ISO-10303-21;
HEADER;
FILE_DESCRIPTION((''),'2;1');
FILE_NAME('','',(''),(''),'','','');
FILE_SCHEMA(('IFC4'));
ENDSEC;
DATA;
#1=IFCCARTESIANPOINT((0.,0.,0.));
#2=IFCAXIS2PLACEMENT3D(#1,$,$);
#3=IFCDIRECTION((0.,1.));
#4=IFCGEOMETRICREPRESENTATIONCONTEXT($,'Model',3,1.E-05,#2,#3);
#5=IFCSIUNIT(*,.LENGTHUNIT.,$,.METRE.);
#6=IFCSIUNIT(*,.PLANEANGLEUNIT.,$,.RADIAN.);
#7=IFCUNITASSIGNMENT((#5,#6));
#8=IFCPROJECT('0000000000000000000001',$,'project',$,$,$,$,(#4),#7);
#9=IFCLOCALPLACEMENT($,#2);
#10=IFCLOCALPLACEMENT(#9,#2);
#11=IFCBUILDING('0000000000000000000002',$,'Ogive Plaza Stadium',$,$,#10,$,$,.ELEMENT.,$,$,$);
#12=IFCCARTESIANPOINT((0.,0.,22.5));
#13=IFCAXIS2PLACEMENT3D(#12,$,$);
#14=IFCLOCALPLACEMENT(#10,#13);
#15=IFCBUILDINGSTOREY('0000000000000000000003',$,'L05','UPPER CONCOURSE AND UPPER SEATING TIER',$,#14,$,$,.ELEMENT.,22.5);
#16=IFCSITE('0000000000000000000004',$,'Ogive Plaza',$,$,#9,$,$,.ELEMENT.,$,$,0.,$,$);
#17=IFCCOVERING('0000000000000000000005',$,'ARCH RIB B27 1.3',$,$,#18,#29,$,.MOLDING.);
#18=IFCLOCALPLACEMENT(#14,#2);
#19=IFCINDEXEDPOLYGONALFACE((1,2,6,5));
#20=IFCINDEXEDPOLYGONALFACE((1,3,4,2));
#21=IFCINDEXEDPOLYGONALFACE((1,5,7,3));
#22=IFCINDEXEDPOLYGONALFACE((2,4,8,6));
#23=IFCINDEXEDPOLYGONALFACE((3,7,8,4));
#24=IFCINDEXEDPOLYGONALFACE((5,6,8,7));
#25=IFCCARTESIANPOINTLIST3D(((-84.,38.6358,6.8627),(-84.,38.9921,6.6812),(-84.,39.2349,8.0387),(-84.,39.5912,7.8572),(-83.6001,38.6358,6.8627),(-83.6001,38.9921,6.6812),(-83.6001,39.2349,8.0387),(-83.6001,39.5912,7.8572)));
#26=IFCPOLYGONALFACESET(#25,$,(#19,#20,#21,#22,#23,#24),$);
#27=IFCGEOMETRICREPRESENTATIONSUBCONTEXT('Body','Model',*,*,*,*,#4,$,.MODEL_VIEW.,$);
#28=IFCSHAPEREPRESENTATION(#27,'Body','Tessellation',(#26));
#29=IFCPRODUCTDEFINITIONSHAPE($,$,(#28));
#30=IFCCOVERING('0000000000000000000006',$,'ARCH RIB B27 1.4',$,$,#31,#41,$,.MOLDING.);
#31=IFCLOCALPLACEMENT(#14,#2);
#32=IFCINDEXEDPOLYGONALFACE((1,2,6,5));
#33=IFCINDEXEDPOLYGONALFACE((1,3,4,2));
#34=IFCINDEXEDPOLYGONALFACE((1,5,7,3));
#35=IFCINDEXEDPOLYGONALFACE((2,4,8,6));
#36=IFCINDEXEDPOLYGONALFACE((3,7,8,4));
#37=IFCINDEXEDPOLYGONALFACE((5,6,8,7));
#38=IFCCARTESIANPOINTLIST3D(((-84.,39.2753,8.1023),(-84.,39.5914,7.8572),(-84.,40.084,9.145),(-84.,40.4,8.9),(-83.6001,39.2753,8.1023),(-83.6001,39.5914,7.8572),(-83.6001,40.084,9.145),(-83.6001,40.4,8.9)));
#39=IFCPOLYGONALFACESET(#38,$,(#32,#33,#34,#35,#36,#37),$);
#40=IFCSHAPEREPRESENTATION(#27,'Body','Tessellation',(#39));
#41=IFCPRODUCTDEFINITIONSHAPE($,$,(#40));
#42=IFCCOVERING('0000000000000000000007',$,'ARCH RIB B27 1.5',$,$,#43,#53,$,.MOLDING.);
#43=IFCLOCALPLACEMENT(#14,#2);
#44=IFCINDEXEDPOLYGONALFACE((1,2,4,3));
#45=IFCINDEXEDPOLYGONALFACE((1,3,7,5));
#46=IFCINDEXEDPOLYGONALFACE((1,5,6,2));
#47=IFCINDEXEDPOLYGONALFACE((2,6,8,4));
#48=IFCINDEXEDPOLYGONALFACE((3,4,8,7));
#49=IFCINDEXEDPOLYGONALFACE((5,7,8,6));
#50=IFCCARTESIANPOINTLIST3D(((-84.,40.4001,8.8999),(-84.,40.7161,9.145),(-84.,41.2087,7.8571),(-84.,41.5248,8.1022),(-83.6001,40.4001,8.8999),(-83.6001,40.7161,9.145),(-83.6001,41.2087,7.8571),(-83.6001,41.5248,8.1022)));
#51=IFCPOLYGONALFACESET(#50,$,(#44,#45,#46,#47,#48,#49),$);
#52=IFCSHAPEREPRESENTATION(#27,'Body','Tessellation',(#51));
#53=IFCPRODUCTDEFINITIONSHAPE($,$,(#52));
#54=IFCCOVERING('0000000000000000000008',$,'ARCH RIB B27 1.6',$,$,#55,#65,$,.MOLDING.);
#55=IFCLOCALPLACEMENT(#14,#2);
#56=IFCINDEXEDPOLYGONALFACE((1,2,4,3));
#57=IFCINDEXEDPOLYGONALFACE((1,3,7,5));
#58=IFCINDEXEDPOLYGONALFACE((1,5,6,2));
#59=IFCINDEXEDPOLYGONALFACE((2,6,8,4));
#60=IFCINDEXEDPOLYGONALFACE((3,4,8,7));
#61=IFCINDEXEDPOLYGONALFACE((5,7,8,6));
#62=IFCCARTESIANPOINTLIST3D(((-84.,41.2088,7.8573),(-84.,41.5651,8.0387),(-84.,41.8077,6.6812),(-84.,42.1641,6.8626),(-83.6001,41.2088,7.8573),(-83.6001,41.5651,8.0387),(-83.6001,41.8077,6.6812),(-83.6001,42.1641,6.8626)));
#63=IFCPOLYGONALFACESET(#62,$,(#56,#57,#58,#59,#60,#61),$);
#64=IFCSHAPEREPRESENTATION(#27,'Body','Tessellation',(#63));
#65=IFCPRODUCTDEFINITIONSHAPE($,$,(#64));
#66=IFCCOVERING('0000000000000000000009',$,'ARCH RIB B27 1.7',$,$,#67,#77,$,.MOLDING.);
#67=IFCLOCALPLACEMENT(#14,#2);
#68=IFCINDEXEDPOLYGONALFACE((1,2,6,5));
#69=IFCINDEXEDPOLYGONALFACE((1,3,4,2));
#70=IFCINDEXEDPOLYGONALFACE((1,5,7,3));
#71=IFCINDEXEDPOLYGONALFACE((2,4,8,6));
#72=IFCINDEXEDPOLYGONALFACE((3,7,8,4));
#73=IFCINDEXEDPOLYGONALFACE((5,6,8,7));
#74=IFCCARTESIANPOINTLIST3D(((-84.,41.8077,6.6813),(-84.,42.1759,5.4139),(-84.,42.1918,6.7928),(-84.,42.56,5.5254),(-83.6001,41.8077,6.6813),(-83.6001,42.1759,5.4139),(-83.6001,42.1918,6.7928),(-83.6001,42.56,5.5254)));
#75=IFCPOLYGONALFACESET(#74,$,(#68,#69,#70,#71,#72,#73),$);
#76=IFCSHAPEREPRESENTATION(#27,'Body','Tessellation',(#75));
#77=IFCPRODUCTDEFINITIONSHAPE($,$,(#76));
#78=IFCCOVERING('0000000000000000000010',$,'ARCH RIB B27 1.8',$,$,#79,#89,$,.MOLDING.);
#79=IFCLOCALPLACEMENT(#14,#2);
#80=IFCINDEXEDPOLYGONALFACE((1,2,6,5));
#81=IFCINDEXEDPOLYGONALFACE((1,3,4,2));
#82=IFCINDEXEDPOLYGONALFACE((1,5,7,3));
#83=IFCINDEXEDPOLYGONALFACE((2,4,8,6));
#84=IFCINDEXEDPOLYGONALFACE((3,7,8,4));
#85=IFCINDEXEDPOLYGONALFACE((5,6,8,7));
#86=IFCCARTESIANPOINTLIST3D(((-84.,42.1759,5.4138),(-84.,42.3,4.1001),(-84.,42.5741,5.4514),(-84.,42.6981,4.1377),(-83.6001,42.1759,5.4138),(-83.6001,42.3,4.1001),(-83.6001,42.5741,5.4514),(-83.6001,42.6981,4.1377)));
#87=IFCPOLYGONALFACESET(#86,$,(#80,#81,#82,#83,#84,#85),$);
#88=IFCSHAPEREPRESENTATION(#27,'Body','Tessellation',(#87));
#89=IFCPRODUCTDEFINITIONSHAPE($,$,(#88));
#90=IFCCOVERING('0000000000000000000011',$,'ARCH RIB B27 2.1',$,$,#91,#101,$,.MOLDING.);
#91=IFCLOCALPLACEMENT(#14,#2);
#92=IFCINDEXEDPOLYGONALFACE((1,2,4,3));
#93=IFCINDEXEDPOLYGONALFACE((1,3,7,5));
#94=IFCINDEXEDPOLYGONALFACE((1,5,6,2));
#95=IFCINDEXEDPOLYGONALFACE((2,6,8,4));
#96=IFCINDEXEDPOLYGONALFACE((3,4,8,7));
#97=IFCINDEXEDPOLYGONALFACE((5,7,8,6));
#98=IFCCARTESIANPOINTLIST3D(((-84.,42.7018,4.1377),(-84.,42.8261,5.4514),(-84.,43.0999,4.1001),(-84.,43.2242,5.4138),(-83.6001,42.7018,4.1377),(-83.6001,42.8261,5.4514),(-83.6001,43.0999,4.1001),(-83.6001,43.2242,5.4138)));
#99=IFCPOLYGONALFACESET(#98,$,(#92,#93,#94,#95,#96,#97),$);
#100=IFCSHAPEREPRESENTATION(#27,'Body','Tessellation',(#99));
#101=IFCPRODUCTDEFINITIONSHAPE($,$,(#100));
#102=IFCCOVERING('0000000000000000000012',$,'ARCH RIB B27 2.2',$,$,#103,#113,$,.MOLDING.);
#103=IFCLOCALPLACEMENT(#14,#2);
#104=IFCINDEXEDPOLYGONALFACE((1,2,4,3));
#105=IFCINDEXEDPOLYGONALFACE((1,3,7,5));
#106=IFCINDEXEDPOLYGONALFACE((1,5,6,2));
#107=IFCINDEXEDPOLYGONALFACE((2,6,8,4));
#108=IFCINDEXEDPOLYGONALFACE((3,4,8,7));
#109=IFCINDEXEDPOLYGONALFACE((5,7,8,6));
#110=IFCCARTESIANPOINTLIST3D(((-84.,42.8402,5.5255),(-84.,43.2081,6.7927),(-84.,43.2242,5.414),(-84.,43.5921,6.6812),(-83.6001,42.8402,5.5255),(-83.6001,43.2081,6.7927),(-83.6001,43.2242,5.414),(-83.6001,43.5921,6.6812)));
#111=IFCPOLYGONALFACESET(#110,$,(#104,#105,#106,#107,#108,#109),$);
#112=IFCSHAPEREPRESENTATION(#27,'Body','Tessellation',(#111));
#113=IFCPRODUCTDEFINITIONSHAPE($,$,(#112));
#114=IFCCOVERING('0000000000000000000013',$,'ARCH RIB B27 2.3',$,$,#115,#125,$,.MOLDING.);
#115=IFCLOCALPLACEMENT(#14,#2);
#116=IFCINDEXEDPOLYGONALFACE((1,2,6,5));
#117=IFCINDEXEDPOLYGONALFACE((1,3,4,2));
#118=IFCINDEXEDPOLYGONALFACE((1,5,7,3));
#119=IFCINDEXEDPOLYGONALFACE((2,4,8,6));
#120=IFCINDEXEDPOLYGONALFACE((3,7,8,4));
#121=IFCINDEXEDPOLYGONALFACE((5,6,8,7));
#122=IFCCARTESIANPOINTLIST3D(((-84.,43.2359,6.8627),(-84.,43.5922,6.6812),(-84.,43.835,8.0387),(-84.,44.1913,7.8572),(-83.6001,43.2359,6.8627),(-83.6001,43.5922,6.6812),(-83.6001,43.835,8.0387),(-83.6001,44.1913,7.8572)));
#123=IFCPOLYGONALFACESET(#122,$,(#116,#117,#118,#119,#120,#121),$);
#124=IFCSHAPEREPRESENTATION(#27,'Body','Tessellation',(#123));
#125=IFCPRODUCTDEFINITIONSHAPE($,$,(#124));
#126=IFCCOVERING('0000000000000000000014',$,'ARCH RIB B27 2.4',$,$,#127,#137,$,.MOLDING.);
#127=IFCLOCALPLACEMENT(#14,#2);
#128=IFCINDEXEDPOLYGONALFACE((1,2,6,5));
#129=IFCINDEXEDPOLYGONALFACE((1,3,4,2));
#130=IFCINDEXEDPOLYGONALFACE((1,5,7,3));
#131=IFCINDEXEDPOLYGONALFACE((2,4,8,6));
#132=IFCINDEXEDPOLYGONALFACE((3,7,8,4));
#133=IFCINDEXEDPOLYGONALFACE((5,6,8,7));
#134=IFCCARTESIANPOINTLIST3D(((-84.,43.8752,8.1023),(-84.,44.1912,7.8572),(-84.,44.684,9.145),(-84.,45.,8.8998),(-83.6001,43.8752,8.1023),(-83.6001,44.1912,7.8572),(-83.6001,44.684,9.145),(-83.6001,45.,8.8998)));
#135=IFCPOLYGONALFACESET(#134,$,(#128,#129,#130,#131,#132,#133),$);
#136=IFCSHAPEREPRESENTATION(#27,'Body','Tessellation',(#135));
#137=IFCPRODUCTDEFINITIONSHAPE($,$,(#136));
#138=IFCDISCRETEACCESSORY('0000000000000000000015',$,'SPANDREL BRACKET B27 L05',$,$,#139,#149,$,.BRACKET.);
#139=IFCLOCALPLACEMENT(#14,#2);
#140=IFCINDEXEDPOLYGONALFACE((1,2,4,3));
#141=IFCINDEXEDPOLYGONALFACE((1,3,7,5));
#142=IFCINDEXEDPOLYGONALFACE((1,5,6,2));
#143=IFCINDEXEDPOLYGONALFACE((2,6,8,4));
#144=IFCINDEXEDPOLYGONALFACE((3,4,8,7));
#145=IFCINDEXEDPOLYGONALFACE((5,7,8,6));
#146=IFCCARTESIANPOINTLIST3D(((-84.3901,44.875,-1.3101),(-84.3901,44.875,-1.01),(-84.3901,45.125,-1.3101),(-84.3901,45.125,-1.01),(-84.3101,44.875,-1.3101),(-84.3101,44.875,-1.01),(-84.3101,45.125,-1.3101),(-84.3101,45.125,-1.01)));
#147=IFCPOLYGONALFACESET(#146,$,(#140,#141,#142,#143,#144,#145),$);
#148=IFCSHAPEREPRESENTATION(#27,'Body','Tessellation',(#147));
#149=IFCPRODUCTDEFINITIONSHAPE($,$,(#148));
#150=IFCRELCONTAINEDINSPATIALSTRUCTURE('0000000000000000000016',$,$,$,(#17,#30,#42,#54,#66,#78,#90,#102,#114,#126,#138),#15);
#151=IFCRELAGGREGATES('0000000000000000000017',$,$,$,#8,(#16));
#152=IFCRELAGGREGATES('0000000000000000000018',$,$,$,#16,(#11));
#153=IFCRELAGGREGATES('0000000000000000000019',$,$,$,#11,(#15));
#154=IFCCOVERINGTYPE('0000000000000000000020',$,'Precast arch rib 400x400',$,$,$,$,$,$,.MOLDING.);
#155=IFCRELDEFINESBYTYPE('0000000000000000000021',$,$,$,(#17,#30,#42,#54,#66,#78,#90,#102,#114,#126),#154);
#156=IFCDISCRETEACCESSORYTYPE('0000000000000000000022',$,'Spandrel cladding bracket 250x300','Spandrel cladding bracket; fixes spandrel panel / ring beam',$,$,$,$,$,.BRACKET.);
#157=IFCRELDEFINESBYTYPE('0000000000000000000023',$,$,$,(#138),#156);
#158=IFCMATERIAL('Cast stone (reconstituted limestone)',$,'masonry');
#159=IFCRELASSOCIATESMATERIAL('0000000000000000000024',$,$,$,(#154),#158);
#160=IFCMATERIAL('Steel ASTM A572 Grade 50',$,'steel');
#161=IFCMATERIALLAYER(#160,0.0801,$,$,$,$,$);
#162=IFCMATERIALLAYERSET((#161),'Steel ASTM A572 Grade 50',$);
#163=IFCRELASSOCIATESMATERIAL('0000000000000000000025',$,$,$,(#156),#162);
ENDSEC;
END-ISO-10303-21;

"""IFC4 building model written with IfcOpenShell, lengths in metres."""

from ifc_helpers import new_model, si_unit, direction, frame, origin, origin_2d, place, context, subcontext, project, spatial, rectangle, extrude, material, layer, layer_set, material_profile, profile_set, type_object, element, save


model = new_model("IFC4")

# Units and contexts
model_context = context("Model", 3, precision=1e-05, world=origin(), true_north=direction((0.0, 1.0)))
body_context = subcontext(model_context, "Body", "Model", "MODEL_VIEW")
ifc_project = project(units=[si_unit("LENGTHUNIT", "METRE"), si_unit("PLANEANGLEUNIT", "RADIAN")], contexts=[model_context])

# Site, building, storey
site_placement = place(None, origin())
site = spatial("IfcSite", under=ifc_project, at=site_placement, Name="Ogive Plaza", CompositionType="ELEMENT", RefElevation=0.0)
building_placement = place(site_placement, origin())
building = spatial("IfcBuilding", under=site, at=building_placement, Name="Ogive Plaza Stadium", CompositionType="ELEMENT")
storey_placement = place(building_placement, frame((0.0, 0.0, 22.5)))
storey = spatial("IfcBuildingStorey", under=building, at=storey_placement, Name="L05", Description="UPPER CONCOURSE AND UPPER SEATING TIER", CompositionType="ELEMENT", Elevation=22.5)

# Coverings
ifc_material_1 = material(Name="Cast stone (reconstituted limestone)", Category="masonry")
ifc_material_profile_1 = material_profile(ifc_material_1, rectangle(XDim=0.3999, YDim=0.3999, at=origin_2d()), Name="Cast stone 400x400")
ifc_profile_set_1 = profile_set([ifc_material_profile_1], Name="Cast stone (reconstituted limestone)")
covering_type = type_object("IfcCoveringType", Name="Precast arch rib 400x400", PredefinedType="MOLDING", material=ifc_profile_set_1)
covering_1_placement = place(storey_placement, frame((-83.8, 38.814, 6.772), z_axis=(0.0, 0.453934, 0.891035), x_axis=(-1.0, 0.0, 0.0)))
element("IfcCovering", 1, at=covering_1_placement, inside=storey, type_object=covering_type, Name="ARCH RIB B27 1.3", PredefinedType="MOLDING", context=body_context, shape_type="SweptSolid", body=[
    extrude(rectangle(XDim=0.3999, YDim=0.3999, at=origin_2d()), origin(), (0.0, 0.0, 1.0), 1.3198),
])
for number, where, z_axis, x_axis, name in (
    (2, (-83.8, 39.4333, 7.9797), (0.0, 0.6128, 0.790238), (-1.0, 0.0, 0.0), "ARCH RIB B27 1.4"),
    (3, (-83.8, 40.5581, 9.0225), (0.0, 0.6128, -0.790238), (-1.0, 0.0, 0.0), "ARCH RIB B27 1.5"),
):
    element("IfcCovering", number, at=place(storey_placement, frame(where, z_axis=z_axis, x_axis=x_axis)), inside=storey, type_object=covering_type, Name=name, PredefinedType="MOLDING", context=body_context, shape_type="SweptSolid", body=[
        extrude(rectangle(XDim=0.3999, YDim=0.3999, at=origin_2d()), origin(), (0.0, 0.0, 1.0), 1.3196),
    ])
for number, where, z_axis, x_axis, name in (
    (4, (-83.8, 41.387, 7.948), (0.0, 0.453787, -0.89111), (-1.0, 0.0, 0.0), "ARCH RIB B27 1.6"),
    (5, (-83.8, 41.9998, 6.7371), (0.0, 0.27897, -0.9603), (-1.0, 0.0, 0.0), "ARCH RIB B27 1.7"),
):
    element("IfcCovering", number, at=place(storey_placement, frame(where, z_axis=z_axis, x_axis=x_axis)), inside=storey, type_object=covering_type, Name=name, PredefinedType="MOLDING", context=body_context, shape_type="SweptSolid", body=[
        extrude(rectangle(XDim=0.3999, YDim=0.3999, at=origin_2d()), origin(), (0.0, 0.0, 1.0), 1.3198),
    ])
for number, where, z_axis, x_axis, name in (
    (6, (-83.8, 42.375, 5.4326), (0.0, 0.093988, -0.995573), (-1.0, 0.0, 0.0), "ARCH RIB B27 1.8"),
    (7, (-83.8, 42.9009, 4.1189), (0.0, 0.094172, 0.995556), (-1.0, 0.0, 0.0), "ARCH RIB B27 2.1"),
    (8, (-83.8, 43.0322, 5.4697), (0.0, 0.278799, 0.960349), (-1.0, 0.0, 0.0), "ARCH RIB B27 2.2"),
):
    element("IfcCovering", number, at=place(storey_placement, frame(where, z_axis=z_axis, x_axis=x_axis)), inside=storey, type_object=covering_type, Name=name, PredefinedType="MOLDING", context=body_context, shape_type="SweptSolid", body=[
        extrude(rectangle(XDim=0.3999, YDim=0.3999, at=origin_2d()), origin(), (0.0, 0.0, 1.0), 1.3196),
    ])
covering_2_placement = place(storey_placement, frame((-83.8, 43.4141, 6.772), z_axis=(0.0, 0.453934, 0.891035), x_axis=(-1.0, 0.0, 0.0)))
element("IfcCovering", 9, at=covering_2_placement, inside=storey, type_object=covering_type, Name="ARCH RIB B27 2.3", PredefinedType="MOLDING", context=body_context, shape_type="SweptSolid", body=[
    extrude(rectangle(XDim=0.3999, YDim=0.3999, at=origin_2d()), origin(), (0.0, 0.0, 1.0), 1.3198),
])
covering_3_placement = place(storey_placement, frame((-83.8, 44.0332, 7.9797), z_axis=(0.0, 0.612915, 0.790148), x_axis=(-1.0, 0.0, 0.0)))
element("IfcCovering", 10, at=covering_3_placement, inside=storey, type_object=covering_type, Name="ARCH RIB B27 2.4", PredefinedType="MOLDING", context=body_context, shape_type="SweptSolid", body=[
    extrude(rectangle(XDim=0.3999, YDim=0.3999, at=origin_2d()), origin(), (0.0, 0.0, 1.0), 1.3196),
])

# Discrete accessory
ifc_material_2 = material(Name="Steel ASTM A572 Grade 50", Category="steel")
ifc_layer_1 = layer(ifc_material_2, 0.0801)
ifc_layer_set_1 = layer_set([ifc_layer_1], Name="Steel ASTM A572 Grade 50")
discrete_accessory_type = type_object("IfcDiscreteAccessoryType", Name="Spandrel cladding bracket 250x300", Description="Spandrel cladding bracket; fixes spandrel panel / ring beam", PredefinedType="BRACKET", material=ifc_layer_set_1)
discrete_accessory_placement = place(storey_placement, frame((-84.3501, 45.0, -1.3101), z_axis=(0.0, 0.0, 1.0), x_axis=(0.0, 1.0, 0.0)))
element("IfcDiscreteAccessory", 11, at=discrete_accessory_placement, inside=storey, type_object=discrete_accessory_type, Name="SPANDREL BRACKET B27 L05", PredefinedType="BRACKET", context=body_context, shape_type="SweptSolid", body=[
    extrude(rectangle(XDim=0.25, YDim=0.0801, at=origin_2d()), origin(), (0.0, 0.0, 1.0), 0.3),
])

save(model, "model.ifc")
